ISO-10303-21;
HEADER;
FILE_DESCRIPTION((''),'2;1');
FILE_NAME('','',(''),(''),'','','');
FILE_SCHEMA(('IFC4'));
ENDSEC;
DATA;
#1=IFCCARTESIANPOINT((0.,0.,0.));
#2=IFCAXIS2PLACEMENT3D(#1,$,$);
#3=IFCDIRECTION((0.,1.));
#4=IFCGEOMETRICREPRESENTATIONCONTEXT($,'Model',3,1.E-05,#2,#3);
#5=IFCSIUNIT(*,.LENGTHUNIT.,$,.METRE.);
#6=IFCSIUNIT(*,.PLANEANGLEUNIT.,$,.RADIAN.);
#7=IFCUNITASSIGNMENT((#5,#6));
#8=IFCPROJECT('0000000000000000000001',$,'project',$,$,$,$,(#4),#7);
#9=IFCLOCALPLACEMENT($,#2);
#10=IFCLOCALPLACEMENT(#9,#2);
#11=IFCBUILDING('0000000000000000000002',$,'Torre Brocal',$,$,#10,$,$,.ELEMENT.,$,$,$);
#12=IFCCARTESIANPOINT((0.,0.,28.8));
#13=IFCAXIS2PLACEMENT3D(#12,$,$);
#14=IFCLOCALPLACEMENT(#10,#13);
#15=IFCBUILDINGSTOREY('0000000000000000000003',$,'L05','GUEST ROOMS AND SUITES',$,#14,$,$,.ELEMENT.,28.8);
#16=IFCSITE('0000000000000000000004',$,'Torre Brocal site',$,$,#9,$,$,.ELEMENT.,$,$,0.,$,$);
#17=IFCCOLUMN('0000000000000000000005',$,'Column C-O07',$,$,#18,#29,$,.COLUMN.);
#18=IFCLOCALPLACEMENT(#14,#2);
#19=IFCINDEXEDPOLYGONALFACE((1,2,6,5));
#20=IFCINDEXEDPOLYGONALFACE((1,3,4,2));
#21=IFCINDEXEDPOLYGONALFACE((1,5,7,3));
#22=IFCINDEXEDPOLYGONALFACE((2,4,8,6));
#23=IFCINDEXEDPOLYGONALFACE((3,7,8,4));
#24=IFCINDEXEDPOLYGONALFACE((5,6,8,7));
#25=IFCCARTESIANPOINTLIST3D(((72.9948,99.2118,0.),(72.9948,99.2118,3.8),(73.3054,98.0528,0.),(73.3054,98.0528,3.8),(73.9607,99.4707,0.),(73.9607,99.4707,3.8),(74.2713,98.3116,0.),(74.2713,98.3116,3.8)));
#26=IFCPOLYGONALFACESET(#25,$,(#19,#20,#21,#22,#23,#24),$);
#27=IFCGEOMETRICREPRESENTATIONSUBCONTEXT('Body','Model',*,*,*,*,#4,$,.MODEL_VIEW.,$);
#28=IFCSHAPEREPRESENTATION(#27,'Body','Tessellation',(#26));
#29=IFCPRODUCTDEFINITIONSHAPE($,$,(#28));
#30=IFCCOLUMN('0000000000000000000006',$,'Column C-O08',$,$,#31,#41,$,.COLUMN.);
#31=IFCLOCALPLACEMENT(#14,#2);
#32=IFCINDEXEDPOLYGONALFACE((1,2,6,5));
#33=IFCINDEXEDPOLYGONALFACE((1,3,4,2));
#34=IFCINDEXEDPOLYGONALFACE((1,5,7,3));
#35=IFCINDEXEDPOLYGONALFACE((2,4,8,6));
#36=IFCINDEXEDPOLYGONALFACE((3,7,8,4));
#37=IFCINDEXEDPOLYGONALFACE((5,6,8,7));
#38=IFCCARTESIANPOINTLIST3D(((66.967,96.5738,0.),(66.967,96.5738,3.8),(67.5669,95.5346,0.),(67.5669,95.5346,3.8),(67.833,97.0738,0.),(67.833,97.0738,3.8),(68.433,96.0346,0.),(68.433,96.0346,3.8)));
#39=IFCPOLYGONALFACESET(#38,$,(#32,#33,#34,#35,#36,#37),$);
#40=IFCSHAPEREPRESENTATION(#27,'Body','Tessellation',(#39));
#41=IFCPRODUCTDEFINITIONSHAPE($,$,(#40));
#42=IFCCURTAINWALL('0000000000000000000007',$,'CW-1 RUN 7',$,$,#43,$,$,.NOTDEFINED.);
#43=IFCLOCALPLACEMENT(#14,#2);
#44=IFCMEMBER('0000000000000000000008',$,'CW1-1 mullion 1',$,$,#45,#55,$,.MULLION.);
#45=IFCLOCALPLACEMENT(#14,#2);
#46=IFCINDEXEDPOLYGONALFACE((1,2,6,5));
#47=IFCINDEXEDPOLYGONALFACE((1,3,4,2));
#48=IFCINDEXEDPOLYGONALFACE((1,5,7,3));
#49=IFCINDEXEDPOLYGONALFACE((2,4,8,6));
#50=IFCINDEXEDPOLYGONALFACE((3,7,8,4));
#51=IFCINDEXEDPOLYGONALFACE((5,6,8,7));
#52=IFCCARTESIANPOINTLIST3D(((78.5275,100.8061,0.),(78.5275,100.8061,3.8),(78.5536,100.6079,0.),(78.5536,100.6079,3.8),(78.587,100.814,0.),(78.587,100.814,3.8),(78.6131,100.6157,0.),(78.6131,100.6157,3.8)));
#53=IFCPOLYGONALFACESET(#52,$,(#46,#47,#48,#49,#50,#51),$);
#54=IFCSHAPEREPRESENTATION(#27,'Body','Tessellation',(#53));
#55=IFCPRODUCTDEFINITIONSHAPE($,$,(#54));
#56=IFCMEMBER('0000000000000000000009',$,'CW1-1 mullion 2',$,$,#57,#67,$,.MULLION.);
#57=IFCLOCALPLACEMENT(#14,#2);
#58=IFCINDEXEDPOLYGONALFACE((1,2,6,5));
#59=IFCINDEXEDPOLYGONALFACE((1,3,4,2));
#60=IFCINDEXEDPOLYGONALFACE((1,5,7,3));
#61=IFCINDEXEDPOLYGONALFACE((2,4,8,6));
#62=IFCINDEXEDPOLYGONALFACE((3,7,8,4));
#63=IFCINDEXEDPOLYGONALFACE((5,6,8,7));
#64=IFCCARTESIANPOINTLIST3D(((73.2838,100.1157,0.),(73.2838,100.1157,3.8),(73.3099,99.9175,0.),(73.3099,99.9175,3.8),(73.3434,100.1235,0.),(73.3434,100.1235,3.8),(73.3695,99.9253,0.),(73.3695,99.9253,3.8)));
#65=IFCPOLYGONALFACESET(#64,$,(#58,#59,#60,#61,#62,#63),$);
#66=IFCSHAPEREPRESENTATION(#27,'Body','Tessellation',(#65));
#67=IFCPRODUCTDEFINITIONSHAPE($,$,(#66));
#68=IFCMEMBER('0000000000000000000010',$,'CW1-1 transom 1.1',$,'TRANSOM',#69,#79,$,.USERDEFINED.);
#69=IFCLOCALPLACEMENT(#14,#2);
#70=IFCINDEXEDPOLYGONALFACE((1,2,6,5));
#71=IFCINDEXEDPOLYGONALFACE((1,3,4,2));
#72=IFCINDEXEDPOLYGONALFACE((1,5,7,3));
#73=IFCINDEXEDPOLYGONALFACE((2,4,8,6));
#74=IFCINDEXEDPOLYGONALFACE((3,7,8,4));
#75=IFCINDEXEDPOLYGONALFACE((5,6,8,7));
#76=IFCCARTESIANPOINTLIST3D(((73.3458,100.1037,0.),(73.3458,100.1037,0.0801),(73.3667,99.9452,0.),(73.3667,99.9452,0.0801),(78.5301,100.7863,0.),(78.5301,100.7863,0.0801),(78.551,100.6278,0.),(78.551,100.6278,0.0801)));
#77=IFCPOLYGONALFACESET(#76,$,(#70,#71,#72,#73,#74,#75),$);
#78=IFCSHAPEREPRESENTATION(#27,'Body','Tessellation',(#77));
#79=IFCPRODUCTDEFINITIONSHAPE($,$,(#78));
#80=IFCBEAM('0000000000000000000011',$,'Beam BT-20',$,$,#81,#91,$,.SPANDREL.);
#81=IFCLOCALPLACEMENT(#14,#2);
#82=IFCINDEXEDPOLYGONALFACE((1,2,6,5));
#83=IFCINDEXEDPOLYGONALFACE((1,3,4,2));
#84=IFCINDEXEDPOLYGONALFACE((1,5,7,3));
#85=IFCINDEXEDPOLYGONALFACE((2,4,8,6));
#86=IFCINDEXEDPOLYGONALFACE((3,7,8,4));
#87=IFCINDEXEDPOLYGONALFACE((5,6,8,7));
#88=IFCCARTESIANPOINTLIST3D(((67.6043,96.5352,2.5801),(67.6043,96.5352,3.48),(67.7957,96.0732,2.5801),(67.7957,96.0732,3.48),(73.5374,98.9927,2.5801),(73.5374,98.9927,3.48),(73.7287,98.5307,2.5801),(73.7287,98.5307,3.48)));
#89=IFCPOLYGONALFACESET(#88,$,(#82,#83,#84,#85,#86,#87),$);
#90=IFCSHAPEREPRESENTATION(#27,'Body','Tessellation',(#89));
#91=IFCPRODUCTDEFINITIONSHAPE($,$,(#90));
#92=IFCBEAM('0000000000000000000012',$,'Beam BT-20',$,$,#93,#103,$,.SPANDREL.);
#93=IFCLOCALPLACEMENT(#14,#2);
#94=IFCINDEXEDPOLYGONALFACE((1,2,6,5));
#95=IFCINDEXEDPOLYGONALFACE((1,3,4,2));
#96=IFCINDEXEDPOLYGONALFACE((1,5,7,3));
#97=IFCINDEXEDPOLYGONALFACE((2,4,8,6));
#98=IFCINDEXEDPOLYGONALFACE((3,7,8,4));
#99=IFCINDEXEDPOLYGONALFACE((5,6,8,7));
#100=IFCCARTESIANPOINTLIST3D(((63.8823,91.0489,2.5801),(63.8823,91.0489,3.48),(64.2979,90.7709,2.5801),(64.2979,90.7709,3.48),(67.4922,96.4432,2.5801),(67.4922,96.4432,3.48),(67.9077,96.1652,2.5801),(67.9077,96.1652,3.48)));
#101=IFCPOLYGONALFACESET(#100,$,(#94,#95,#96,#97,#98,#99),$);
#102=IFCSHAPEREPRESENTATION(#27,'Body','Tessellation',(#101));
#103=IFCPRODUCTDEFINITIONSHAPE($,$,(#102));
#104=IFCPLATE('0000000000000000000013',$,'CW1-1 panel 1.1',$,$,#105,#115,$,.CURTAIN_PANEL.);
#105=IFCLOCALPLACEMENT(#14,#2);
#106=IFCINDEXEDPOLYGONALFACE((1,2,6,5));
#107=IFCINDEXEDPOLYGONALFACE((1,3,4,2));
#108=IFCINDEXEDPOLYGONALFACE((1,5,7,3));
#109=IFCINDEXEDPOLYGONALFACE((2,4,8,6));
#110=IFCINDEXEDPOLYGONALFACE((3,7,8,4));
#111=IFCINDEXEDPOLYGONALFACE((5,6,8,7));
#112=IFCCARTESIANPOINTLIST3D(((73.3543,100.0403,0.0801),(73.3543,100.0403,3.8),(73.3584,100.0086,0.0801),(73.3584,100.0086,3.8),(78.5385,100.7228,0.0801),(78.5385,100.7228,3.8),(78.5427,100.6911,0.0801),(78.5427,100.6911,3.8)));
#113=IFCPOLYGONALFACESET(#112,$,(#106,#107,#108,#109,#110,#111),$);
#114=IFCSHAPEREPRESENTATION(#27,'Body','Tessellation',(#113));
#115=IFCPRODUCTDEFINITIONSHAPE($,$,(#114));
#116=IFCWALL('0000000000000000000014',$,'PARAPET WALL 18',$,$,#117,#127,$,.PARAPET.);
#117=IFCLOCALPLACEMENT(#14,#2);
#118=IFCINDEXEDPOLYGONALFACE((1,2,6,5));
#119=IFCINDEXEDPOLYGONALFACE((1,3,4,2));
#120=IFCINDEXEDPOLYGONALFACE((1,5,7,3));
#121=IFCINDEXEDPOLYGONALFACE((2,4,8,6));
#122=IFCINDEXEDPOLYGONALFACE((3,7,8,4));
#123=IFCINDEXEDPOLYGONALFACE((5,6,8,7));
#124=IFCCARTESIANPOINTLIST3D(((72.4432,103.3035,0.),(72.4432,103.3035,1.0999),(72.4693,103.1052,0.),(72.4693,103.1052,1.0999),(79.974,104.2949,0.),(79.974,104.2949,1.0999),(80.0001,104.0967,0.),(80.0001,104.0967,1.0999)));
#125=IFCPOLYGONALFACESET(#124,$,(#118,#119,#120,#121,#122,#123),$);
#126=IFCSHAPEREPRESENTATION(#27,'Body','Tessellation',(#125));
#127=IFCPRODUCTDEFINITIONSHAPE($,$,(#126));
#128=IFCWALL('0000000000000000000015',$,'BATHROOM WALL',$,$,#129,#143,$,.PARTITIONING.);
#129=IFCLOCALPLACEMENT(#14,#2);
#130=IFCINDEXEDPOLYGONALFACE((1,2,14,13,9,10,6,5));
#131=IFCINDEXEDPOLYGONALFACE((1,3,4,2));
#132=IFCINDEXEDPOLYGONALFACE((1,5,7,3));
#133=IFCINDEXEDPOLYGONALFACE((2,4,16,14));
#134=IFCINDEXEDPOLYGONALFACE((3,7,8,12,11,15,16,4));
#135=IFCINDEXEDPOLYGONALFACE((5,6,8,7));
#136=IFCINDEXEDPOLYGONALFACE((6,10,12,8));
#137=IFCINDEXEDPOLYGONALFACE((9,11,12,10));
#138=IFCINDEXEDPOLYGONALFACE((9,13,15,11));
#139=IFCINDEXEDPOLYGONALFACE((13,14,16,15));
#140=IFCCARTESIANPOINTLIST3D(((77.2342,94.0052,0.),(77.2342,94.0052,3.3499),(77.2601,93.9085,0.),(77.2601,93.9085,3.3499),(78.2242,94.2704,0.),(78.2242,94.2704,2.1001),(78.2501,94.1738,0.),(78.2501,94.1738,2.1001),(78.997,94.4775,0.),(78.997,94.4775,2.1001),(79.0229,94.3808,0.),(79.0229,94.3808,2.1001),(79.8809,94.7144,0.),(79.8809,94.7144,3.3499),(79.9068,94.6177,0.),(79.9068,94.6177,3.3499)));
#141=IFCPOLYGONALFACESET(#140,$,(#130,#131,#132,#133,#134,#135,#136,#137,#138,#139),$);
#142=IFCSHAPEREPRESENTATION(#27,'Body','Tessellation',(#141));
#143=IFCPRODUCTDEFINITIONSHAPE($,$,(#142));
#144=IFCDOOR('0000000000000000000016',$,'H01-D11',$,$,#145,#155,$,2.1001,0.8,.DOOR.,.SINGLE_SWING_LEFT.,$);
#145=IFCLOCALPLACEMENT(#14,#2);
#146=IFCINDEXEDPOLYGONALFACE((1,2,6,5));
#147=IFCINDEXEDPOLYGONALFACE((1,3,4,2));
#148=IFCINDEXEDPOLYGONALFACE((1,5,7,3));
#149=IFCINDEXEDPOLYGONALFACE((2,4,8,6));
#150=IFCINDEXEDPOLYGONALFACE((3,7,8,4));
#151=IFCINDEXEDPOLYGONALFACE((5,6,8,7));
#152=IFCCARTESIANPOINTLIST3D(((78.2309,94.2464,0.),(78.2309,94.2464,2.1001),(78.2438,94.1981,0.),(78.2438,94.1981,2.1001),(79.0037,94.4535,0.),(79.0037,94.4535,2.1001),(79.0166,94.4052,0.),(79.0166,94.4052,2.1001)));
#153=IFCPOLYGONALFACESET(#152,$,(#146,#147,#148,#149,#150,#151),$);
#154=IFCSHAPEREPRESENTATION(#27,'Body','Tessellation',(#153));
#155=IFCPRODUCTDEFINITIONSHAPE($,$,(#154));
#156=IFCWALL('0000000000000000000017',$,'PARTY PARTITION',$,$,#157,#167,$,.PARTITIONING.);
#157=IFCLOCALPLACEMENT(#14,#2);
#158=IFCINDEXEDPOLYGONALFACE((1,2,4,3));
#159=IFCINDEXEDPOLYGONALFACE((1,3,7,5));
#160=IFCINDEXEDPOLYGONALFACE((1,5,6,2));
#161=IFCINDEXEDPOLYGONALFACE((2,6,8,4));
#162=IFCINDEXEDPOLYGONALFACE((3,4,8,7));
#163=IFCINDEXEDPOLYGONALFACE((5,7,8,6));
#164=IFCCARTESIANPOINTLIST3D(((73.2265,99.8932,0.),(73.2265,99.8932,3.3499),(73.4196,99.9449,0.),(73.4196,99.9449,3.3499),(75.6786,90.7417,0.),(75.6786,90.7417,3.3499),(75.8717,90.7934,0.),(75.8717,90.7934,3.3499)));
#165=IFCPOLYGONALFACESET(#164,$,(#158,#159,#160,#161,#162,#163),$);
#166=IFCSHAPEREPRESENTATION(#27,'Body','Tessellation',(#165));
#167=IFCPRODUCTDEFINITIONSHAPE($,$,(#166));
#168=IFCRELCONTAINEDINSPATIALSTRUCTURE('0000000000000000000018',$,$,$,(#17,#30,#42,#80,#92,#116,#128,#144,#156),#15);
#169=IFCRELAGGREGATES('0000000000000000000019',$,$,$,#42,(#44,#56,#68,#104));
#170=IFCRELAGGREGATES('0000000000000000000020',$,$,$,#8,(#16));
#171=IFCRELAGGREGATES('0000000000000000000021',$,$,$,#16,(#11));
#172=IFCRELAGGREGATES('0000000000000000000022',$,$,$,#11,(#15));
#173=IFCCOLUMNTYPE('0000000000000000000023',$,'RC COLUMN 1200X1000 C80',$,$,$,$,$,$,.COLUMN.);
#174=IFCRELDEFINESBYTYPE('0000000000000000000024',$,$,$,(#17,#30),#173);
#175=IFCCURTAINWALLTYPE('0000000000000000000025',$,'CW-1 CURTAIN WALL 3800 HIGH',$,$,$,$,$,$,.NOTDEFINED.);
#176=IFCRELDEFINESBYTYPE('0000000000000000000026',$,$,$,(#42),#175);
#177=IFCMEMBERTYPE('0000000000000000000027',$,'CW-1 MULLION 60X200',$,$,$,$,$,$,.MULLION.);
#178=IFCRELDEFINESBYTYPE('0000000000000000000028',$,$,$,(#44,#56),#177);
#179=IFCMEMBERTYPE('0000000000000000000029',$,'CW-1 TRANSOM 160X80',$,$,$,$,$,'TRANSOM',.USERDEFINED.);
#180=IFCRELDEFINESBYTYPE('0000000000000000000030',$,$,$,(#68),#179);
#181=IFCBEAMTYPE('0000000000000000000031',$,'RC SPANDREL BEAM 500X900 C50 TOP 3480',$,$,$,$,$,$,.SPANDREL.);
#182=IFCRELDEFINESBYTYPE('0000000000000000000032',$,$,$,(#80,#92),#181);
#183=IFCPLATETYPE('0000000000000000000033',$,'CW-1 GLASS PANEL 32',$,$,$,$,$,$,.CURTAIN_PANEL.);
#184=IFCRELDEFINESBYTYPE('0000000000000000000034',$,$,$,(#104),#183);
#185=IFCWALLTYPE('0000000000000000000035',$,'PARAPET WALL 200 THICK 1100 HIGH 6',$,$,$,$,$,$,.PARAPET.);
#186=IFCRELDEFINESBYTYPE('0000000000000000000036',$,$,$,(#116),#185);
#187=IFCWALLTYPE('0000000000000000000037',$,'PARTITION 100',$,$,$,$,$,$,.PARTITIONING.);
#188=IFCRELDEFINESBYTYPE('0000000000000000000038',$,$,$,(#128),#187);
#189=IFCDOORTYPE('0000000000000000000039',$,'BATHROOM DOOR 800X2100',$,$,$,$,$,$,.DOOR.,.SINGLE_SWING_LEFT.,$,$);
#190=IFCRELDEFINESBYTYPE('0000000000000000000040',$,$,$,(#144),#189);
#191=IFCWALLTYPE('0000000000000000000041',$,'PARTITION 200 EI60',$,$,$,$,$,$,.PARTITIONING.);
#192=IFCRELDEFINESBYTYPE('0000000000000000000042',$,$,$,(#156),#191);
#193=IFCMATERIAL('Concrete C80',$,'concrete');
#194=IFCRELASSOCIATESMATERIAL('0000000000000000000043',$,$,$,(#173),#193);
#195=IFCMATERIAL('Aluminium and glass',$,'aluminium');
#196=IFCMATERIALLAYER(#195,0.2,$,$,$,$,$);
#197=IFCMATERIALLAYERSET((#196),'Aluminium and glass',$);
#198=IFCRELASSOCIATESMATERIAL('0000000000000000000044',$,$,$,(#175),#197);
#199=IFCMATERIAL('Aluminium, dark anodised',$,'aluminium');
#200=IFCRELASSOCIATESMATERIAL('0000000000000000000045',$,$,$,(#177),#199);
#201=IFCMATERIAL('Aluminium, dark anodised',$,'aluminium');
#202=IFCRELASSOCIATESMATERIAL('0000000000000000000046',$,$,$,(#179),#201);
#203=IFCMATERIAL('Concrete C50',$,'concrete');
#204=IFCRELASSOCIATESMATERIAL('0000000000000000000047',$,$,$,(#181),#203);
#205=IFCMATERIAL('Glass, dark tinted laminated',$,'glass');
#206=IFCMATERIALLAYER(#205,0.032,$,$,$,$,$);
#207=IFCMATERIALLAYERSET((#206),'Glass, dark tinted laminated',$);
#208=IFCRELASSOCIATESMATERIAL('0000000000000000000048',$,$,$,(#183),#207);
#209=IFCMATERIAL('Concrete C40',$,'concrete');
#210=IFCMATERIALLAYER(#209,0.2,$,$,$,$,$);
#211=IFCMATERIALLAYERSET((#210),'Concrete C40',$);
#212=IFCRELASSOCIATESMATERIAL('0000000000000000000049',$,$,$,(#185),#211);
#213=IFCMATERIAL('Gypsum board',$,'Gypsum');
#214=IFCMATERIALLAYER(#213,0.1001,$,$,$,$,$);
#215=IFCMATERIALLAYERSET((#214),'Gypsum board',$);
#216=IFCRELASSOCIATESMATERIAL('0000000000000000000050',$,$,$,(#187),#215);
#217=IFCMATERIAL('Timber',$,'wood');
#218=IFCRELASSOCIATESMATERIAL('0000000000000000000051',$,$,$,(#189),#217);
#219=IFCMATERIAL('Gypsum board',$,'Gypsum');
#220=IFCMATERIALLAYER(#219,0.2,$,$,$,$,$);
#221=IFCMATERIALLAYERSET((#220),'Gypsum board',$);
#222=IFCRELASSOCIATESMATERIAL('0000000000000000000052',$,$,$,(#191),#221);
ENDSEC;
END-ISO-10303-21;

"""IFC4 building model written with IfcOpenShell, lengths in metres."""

from ifc_helpers import new_model, si_unit, direction, frame, frame_2d, origin, origin_2d, place, context, subcontext, project, spatial, rectangle, extrude, material, layer, layer_set, material_profile, profile_set, type_object, element, fill, aggregate, save


model = new_model("IFC4")

# Units and contexts
model_context = context("Model", 3, precision=1e-05, world=origin(), true_north=direction((0.0, 1.0)))
body_context = subcontext(model_context, "Body", "Model", "MODEL_VIEW")
ifc_project = project(units=[si_unit("LENGTHUNIT", "METRE"), si_unit("PLANEANGLEUNIT", "RADIAN")], contexts=[model_context])

# Site, building, storey
site_placement = place(None, origin())
site = spatial("IfcSite", under=ifc_project, at=site_placement, Name="Torre Brocal site", CompositionType="ELEMENT", RefElevation=0.0)
building_placement = place(site_placement, origin())
building = spatial("IfcBuilding", under=site, at=building_placement, Name="Torre Brocal", CompositionType="ELEMENT")
storey_placement = place(building_placement, frame((0.0, 0.0, 28.8)))
storey = spatial("IfcBuildingStorey", under=building, at=storey_placement, Name="L05", Description="GUEST ROOMS AND SUITES", CompositionType="ELEMENT", Elevation=28.8)

# Columns
ifc_material_1 = material(Name="Concrete C80", Category="concrete")
ifc_material_profile_1 = material_profile(ifc_material_1, rectangle(XDim=1.2, YDim=1.0, at=origin_2d()), Name="RC 1200X1000")
ifc_profile_set_1 = profile_set([ifc_material_profile_1], Name="Concrete C80")
column_type = type_object("IfcColumnType", Name="RC COLUMN 1200X1000 C80", PredefinedType="COLUMN", material=ifc_profile_set_1)
for number, where, z_axis, x_axis, name in (
    (1, (73.6331, 98.7617, 0.0), (0.0, 0.0, 1.0), (-0.258819, 0.965926, 0.0), "Column C-O07"),
    (2, (67.7, 96.3042, 0.0), (0.0, 0.0, 1.0), (-0.5, 0.866025, 0.0), "Column C-O08"),
):
    element("IfcColumn", number, at=place(storey_placement, frame(where, z_axis=z_axis, x_axis=x_axis)), inside=storey, type_object=column_type, Name=name, PredefinedType="COLUMN", context=body_context, shape_type="SweptSolid", body=[
        extrude(rectangle(XDim=1.2, YDim=1.0, at=origin_2d()), origin(), (0.0, 0.0, 1.0), 3.8),
    ])

# Curtain wall, members
ifc_material_2 = material(Name="Aluminium and glass", Category="aluminium")
ifc_layer_1 = layer(ifc_material_2, 0.2)
ifc_layer_set_1 = layer_set([ifc_layer_1], Name="Aluminium and glass")
curtain_wall_type = type_object("IfcCurtainWallType", Name="CW-1 CURTAIN WALL 3800 HIGH", PredefinedType="NOTDEFINED", material=ifc_layer_set_1)
curtain_wall_placement = place(storey_placement, origin())
curtain_wall = element("IfcCurtainWall", 3, at=curtain_wall_placement, inside=storey, type_object=curtain_wall_type, Name="CW-1 RUN 7", PredefinedType="NOTDEFINED")
ifc_material_3 = material(Name="Aluminium, dark anodised", Category="aluminium")
ifc_material_profile_2 = material_profile(ifc_material_3, rectangle(XDim=0.2, YDim=0.0601, at=origin_2d()), Name="CW-1 MULLION 60X200")
ifc_profile_set_2 = profile_set([ifc_material_profile_2], Name="Aluminium, dark anodised")
member_type_1 = type_object("IfcMemberType", Name="CW-1 MULLION 60X200", PredefinedType="MULLION", material=ifc_profile_set_2)
member_1_placement = place(storey_placement, frame((78.5703, 100.7109, 0.0), z_axis=(0.0, 0.0, 1.0), x_axis=(0.130526, -0.991445, 0.0)))
member_1 = element("IfcMember", 4, at=member_1_placement, type_object=member_type_1, Name="CW1-1 mullion 1", PredefinedType="MULLION", context=body_context, shape_type="SweptSolid", body=[
    extrude(rectangle(XDim=0.2, YDim=0.0601, at=origin_2d()), origin(), (0.0, 0.0, 1.0), 3.8),
])
member_2_placement = place(storey_placement, frame((73.3267, 100.0205, 0.0), z_axis=(0.0, 0.0, 1.0), x_axis=(0.130526, -0.991445, 0.0)))
member_2 = element("IfcMember", 5, at=member_2_placement, type_object=member_type_1, Name="CW1-1 mullion 2", PredefinedType="MULLION", context=body_context, shape_type="SweptSolid", body=[
    extrude(rectangle(XDim=0.2, YDim=0.0601, at=origin_2d()), origin(), (0.0, 0.0, 1.0), 3.8),
])
ifc_material_4 = material(Name="Aluminium, dark anodised", Category="aluminium")
ifc_material_profile_3 = material_profile(ifc_material_4, rectangle(XDim=0.1599, YDim=0.0801, at=origin_2d()), Name="CW-1 TRANSOM 160X80")
ifc_profile_set_3 = profile_set([ifc_material_profile_3], Name="Aluminium, dark anodised")
member_type_2 = type_object("IfcMemberType", Name="CW-1 TRANSOM 160X80", ElementType="TRANSOM", PredefinedType="USERDEFINED", material=ifc_profile_set_3)
member_3_placement = place(storey_placement, frame((78.5405, 100.707, 0.04), z_axis=(-0.991443, -0.130543, 0.0), x_axis=(0.130543, -0.991443, 0.0)))
member_3 = element("IfcMember", 6, at=member_3_placement, type_object=member_type_2, Name="CW1-1 transom 1.1", ObjectType="TRANSOM", PredefinedType="USERDEFINED", context=body_context, shape_type="SweptSolid", body=[
    extrude(rectangle(XDim=0.1599, YDim=0.0801, at=origin_2d()), origin(), (0.0, 0.0, 1.0), 5.229),
])

# Beams
ifc_material_5 = material(Name="Concrete C50", Category="concrete")
ifc_material_profile_4 = material_profile(ifc_material_5, rectangle(XDim=0.5, YDim=0.8999, at=origin_2d()), Name="RC 500X900")
ifc_profile_set_4 = profile_set([ifc_material_profile_4], Name="Concrete C50")
beam_type = type_object("IfcBeamType", Name="RC SPANDREL BEAM 500X900 C50 TOP 3480", PredefinedType="SPANDREL", material=ifc_profile_set_4)
beam_1_placement = place(storey_placement, frame((73.6331, 98.7617, 3.03), z_axis=(-0.923882, -0.382676, 0.0), x_axis=(0.382676, -0.923882, 0.0)))
element("IfcBeam", 7, at=beam_1_placement, inside=storey, type_object=beam_type, Name="Beam BT-20", PredefinedType="SPANDREL", context=body_context, shape_type="SweptSolid", body=[
    extrude(rectangle(XDim=0.5, YDim=0.8999, at=origin_2d()), origin(), (0.0, 0.0, 1.0), 6.4219),
])
beam_2_placement = place(storey_placement, frame((67.7, 96.3042, 3.03), z_axis=(-0.556158, -0.831077, 0.0), x_axis=(0.831077, -0.556158, 0.0)))
element("IfcBeam", 8, at=beam_2_placement, inside=storey, type_object=beam_type, Name="Beam BT-20", PredefinedType="SPANDREL", context=body_context, shape_type="SweptSolid", body=[
    extrude(rectangle(XDim=0.5, YDim=0.8999, at=origin_2d()), origin(), (0.0, 0.0, 1.0), 6.4907),
])

# Plate
ifc_material_6 = material(Name="Glass, dark tinted laminated", Category="glass")
ifc_layer_2 = layer(ifc_material_6, 0.032)
ifc_layer_set_2 = layer_set([ifc_layer_2], Name="Glass, dark tinted laminated")
plate_type = type_object("IfcPlateType", Name="CW-1 GLASS PANEL 32", PredefinedType="CURTAIN_PANEL", material=ifc_layer_set_2)
plate_placement = place(storey_placement, frame((75.9485, 100.3657, 0.0801), z_axis=(0.0, 0.0, 1.0), x_axis=(-0.991445, -0.130526, 0.0)))
plate = element("IfcPlate", 9, at=plate_placement, type_object=plate_type, Name="CW1-1 panel 1.1", PredefinedType="CURTAIN_PANEL", context=body_context, shape_type="SweptSolid", body=[
    extrude(rectangle(XDim=5.229, YDim=0.032, at=origin_2d()), origin(), (0.0, 0.0, 1.0), 3.72),
])
aggregate(curtain_wall, [member_1, member_2, member_3, plate])

# Wall
ifc_material_7 = material(Name="Concrete C40", Category="concrete")
ifc_layer_3 = layer(ifc_material_7, 0.2)
ifc_layer_set_3 = layer_set([ifc_layer_3], Name="Concrete C40")
wall_type_1 = type_object("IfcWallType", Name="PARAPET WALL 200 THICK 1100 HIGH 6", PredefinedType="PARAPET", material=ifc_layer_set_3)
wall_1_placement = place(storey_placement, frame((72.4563, 103.2043, 0.0), z_axis=(0.0, 0.0, 1.0), x_axis=(0.991445, 0.130528, 0.0)))
element("IfcWall", 10, at=wall_1_placement, inside=storey, type_object=wall_type_1, Name="PARAPET WALL 18", PredefinedType="PARAPET", context=body_context, shape_type="SweptSolid", body=[
    extrude(rectangle(XDim=7.5957, YDim=0.2, at=frame_2d((3.7979, 0.0))), origin(), (0.0, 0.0, 1.0), 1.0999),
])

# Wall, opening, door
ifc_material_8 = material(Name="Gypsum board", Category="Gypsum")
ifc_layer_4 = layer(ifc_material_8, 0.1001)
ifc_layer_set_4 = layer_set([ifc_layer_4], Name="Gypsum board")
wall_type_2 = type_object("IfcWallType", Name="PARTITION 100", PredefinedType="PARTITIONING", material=ifc_layer_set_4)
wall_2_placement = place(storey_placement, frame((77.2471, 93.9568, 0.0), z_axis=(0.0, 0.0, 1.0), x_axis=(0.965922, 0.258833, 0.0)))
wall_2 = element("IfcWall", 11, at=wall_2_placement, inside=storey, type_object=wall_type_2, Name="BATHROOM WALL", PredefinedType="PARTITIONING", context=body_context, shape_type="SweptSolid", body=[
    extrude(rectangle(XDim=2.74, YDim=0.1001, at=frame_2d((1.3701, 0.0))), origin(), (0.0, 0.0, 1.0), 3.3499),
])
opening_1_placement = place(wall_2_placement, frame((1.0251, 0.0, 0.0)))
opening_1 = element("IfcOpeningElement", 12, at=opening_1_placement, cuts=wall_2, PredefinedType="OPENING", context=body_context, shape_type="SweptSolid", body=[
    extrude(rectangle(XDim=0.8, YDim=2.1001, at=frame_2d((0.3999, 1.05))), frame((0.0, 0.0601, 0.0), z_axis=(0.0, -1.0, 0.0), x_axis=(1.0, 0.0, 0.0)), (0.0, 0.0, 1.0), 0.1201),
])
ifc_material_9 = material(Name="Timber", Category="wood")
door_type_1 = type_object("IfcDoorType", Name="BATHROOM DOOR 800X2100", OperationType="SINGLE_SWING_LEFT", PredefinedType="DOOR", material=ifc_material_9)
door_1_placement = place(opening_1_placement, frame((0.8, 0.0, 0.0), z_axis=(0.0, 0.0, 1.0), x_axis=(-1.0, 0.0, 0.0)))
door_1 = element("IfcDoor", 13, at=door_1_placement, inside=storey, type_object=door_type_1, Name="H01-D11", OperationType="SINGLE_SWING_LEFT", OverallHeight=2.1001, OverallWidth=0.8, PredefinedType="DOOR", context=body_context, shape_type="SweptSolid", body=[
    extrude(rectangle(XDim=0.8, YDim=2.1001, at=frame_2d((0.3999, 1.05))), frame((0.0, 0.0249, 0.0), z_axis=(0.0, -1.0, 0.0), x_axis=(1.0, 0.0, 0.0)), (0.0, 0.0, 1.0), 0.05),
])
fill(opening_1, door_1)

# Wall
ifc_material_10 = material(Name="Gypsum board", Category="Gypsum")
ifc_layer_5 = layer(ifc_material_10, 0.2)
ifc_layer_set_5 = layer_set([ifc_layer_5], Name="Gypsum board")
wall_type_3 = type_object("IfcWallType", Name="PARTITION 200 EI60", PredefinedType="PARTITIONING", material=ifc_layer_set_5)
wall_3_placement = place(storey_placement, frame((73.323, 99.9192, 0.0), z_axis=(0.0, 0.0, 1.0), x_axis=(0.258817, -0.965926, 0.0)))
element("IfcWall", 14, at=wall_3_placement, inside=storey, type_object=wall_type_3, Name="PARTY PARTITION", PredefinedType="PARTITIONING", context=body_context, shape_type="SweptSolid", body=[
    extrude(rectangle(XDim=9.4744, YDim=0.2, at=frame_2d((4.7373, 0.0))), origin(), (0.0, 0.0, 1.0), 3.3499),
])

save(model, "model.ifc")
